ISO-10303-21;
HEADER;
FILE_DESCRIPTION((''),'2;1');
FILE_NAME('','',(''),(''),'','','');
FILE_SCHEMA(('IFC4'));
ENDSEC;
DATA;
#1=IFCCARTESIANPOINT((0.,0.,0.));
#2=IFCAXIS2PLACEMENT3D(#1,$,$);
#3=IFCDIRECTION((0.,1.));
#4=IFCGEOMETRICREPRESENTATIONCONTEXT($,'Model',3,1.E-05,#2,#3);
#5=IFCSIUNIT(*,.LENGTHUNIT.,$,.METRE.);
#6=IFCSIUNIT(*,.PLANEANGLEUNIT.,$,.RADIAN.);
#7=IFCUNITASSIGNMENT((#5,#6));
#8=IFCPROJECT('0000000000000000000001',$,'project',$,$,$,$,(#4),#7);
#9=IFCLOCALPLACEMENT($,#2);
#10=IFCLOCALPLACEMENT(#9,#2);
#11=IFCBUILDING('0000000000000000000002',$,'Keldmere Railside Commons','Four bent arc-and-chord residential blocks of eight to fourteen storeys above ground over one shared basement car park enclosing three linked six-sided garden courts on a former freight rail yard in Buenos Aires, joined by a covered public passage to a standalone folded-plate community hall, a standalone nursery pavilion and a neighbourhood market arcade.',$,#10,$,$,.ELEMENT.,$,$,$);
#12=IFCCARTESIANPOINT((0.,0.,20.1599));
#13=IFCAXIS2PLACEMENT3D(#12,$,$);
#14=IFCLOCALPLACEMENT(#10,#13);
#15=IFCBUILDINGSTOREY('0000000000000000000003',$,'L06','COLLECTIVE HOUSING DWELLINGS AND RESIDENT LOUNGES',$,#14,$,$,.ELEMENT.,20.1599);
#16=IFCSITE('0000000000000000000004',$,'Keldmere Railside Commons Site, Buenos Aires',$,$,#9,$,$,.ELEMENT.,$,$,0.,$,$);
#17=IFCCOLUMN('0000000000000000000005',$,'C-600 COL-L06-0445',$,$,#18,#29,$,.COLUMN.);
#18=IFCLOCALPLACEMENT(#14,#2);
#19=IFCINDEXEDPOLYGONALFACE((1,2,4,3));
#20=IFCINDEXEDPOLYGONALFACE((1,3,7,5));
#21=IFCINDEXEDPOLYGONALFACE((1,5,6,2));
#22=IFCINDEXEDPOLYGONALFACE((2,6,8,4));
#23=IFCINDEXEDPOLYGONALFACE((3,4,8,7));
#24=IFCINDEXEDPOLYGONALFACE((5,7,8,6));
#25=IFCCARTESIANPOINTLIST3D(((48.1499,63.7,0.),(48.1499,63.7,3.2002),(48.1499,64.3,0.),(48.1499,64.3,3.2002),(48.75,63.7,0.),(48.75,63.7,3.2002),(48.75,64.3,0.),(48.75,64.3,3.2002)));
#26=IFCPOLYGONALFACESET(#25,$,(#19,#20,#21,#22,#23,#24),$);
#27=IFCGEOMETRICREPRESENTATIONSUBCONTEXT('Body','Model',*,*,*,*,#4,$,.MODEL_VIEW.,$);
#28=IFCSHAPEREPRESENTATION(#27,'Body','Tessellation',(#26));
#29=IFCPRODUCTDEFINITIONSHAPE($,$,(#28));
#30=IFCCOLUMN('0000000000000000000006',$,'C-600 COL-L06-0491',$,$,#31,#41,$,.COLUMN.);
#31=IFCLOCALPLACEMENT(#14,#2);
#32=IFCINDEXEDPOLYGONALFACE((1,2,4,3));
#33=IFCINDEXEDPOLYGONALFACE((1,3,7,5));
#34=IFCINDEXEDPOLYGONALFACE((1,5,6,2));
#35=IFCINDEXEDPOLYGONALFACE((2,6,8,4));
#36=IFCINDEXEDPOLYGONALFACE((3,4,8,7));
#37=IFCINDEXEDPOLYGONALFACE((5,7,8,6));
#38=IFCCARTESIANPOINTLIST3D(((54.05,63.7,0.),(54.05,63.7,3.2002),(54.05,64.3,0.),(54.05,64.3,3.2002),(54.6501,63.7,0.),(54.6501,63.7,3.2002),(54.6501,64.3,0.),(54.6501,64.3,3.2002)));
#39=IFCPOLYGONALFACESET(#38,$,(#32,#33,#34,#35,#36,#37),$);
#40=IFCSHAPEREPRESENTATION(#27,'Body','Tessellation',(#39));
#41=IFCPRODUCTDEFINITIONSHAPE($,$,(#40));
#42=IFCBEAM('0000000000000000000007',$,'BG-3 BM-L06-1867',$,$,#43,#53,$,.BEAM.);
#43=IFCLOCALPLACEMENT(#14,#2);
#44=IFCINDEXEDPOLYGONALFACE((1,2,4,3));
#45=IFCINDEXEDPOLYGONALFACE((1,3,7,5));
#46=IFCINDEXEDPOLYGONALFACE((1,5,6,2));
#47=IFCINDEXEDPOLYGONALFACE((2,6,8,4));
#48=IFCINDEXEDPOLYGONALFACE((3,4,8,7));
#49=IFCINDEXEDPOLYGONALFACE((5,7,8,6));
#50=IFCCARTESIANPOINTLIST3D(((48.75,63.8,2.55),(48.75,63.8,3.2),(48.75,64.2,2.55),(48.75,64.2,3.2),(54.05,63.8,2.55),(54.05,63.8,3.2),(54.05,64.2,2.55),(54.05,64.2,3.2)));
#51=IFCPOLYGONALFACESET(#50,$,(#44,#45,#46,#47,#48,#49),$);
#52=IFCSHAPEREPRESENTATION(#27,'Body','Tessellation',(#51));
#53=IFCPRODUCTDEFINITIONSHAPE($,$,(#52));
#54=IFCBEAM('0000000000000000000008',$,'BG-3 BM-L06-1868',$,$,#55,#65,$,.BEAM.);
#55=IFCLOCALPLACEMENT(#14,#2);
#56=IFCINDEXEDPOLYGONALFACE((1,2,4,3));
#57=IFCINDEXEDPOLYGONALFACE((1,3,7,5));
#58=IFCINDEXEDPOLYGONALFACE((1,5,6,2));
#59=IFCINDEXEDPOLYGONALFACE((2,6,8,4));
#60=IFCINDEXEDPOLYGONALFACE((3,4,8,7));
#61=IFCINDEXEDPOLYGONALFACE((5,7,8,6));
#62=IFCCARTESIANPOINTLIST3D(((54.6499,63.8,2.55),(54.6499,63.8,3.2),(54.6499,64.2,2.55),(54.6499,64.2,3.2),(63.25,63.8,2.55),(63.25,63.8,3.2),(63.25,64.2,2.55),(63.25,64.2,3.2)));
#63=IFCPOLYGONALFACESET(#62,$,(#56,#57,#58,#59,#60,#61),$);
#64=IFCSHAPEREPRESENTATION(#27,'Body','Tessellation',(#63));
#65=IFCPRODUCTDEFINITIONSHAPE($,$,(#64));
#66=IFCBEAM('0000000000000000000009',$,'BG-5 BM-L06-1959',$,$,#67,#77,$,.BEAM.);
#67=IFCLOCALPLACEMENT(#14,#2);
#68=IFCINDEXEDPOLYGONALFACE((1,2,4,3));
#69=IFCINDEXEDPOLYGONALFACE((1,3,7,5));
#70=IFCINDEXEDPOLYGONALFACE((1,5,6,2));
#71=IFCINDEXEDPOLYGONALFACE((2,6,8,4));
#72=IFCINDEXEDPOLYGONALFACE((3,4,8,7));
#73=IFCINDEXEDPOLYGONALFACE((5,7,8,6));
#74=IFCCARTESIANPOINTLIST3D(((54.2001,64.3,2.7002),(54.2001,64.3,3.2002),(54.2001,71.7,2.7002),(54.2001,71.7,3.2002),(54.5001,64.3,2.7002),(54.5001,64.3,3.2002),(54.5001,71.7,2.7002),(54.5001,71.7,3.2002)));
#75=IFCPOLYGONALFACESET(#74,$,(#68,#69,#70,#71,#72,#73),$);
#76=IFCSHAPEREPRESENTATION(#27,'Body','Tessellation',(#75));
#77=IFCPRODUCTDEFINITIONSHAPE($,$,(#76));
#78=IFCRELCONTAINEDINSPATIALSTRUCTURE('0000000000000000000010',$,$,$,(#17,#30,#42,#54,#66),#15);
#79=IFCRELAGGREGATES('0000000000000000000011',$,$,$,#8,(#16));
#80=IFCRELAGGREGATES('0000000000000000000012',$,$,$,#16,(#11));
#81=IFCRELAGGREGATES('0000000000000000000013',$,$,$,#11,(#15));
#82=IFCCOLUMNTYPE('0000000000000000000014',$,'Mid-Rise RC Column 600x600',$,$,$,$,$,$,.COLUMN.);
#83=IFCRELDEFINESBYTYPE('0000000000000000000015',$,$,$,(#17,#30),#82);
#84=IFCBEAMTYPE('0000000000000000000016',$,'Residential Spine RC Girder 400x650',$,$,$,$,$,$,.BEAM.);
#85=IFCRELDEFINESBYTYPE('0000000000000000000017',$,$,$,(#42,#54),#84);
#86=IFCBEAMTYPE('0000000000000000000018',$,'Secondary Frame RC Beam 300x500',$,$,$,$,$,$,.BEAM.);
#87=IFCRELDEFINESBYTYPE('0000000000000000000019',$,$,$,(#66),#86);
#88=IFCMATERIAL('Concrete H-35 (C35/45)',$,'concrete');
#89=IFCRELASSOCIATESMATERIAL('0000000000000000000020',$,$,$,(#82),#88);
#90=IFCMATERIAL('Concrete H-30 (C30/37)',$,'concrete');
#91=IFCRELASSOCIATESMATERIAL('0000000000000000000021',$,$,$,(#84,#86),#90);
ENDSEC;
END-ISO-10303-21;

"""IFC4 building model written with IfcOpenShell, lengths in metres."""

from ifc_helpers import new_model, si_unit, direction, frame, origin, origin_2d, place, context, subcontext, project, spatial, rectangle, extrude, material, material_profile, profile_set, type_object, element, save


model = new_model("IFC4")

# Units and contexts
model_context = context("Model", 3, precision=1e-05, world=origin(), true_north=direction((0.0, 1.0)))
body_context = subcontext(model_context, "Body", "Model", "MODEL_VIEW")
ifc_project = project(units=[si_unit("LENGTHUNIT", "METRE"), si_unit("PLANEANGLEUNIT", "RADIAN")], contexts=[model_context])

# Site, building, storey
site_placement = place(None, origin())
site = spatial("IfcSite", under=ifc_project, at=site_placement, Name="Keldmere Railside Commons Site, Buenos Aires", CompositionType="ELEMENT", RefElevation=0.0)
building_placement = place(site_placement, origin())
building = spatial("IfcBuilding", under=site, at=building_placement, Name="Keldmere Railside Commons", Description="Four bent arc-and-chord residential blocks of eight to fourteen storeys above ground over one shared basement car park enclosing three linked six-sided garden courts on a former freight rail yard in Buenos Aires, joined by a covered public passage to a standalone folded-plate community hall, a standalone nursery pavilion and a neighbourhood market arcade.", CompositionType="ELEMENT")
storey_placement = place(building_placement, frame((0.0, 0.0, 20.1599)))
storey = spatial("IfcBuildingStorey", under=building, at=storey_placement, Name="L06", Description="COLLECTIVE HOUSING DWELLINGS AND RESIDENT LOUNGES", CompositionType="ELEMENT", Elevation=20.1599)

# Columns
ifc_material_1 = material(Name="Concrete H-35 (C35/45)", Category="concrete")
ifc_material_profile_1 = material_profile(ifc_material_1, rectangle(XDim=0.6001, YDim=0.6001, at=origin_2d()), Name="RC-600x600")
ifc_profile_set_1 = profile_set([ifc_material_profile_1], Name="Concrete H-35 (C35/45)")
column_type = type_object("IfcColumnType", Name="Mid-Rise RC Column 600x600", PredefinedType="COLUMN", material=ifc_profile_set_1)
for number, where, z_axis, x_axis, name in (
    (1, (48.45, 64.0, 0.0), (0.0, 0.0, 1.0), (1.0, 0.0, 0.0), "C-600 COL-L06-0445"),
    (2, (54.3501, 64.0, 0.0), (0.0, 0.0, 1.0), (1.0, 0.0, 0.0), "C-600 COL-L06-0491"),
):
    element("IfcColumn", number, at=place(storey_placement, frame(where, z_axis=z_axis, x_axis=x_axis)), inside=storey, type_object=column_type, Name=name, PredefinedType="COLUMN", context=body_context, shape_type="SweptSolid", body=[
        extrude(rectangle(XDim=0.6001, YDim=0.6001, at=origin_2d()), origin(), (0.0, 0.0, 1.0), 3.2002),
    ])

# Beams
ifc_material_2 = material(Name="Concrete H-30 (C30/37)", Category="concrete")
ifc_material_profile_2 = material_profile(ifc_material_2, rectangle(XDim=0.3999, YDim=0.6499, at=origin_2d()), Name="RC-400x650")
ifc_profile_set_2 = profile_set([ifc_material_profile_2], Name="Concrete H-30 (C30/37)")
beam_type_1 = type_object("IfcBeamType", Name="Residential Spine RC Girder 400x650", PredefinedType="BEAM", material=ifc_profile_set_2)
beam_1_placement = place(storey_placement, frame((48.75, 64.0, 2.875), z_axis=(1.0, 0.0, 0.0), x_axis=(0.0, 1.0, 0.0)))
element("IfcBeam", 3, at=beam_1_placement, inside=storey, type_object=beam_type_1, Name="BG-3 BM-L06-1867", PredefinedType="BEAM", context=body_context, shape_type="SweptSolid", body=[
    extrude(rectangle(XDim=0.3999, YDim=0.6499, at=origin_2d()), origin(), (0.0, 0.0, 1.0), 5.3),
])
beam_2_placement = place(storey_placement, frame((54.6499, 64.0, 2.875), z_axis=(1.0, 0.0, 0.0), x_axis=(0.0, 1.0, 0.0)))
element("IfcBeam", 4, at=beam_2_placement, inside=storey, type_object=beam_type_1, Name="BG-3 BM-L06-1868", PredefinedType="BEAM", context=body_context, shape_type="SweptSolid", body=[
    extrude(rectangle(XDim=0.3999, YDim=0.6499, at=origin_2d()), origin(), (0.0, 0.0, 1.0), 8.6001),
])
ifc_material_profile_3 = material_profile(ifc_material_2, rectangle(XDim=0.3, YDim=0.5, at=origin_2d()), Name="RC-300x500")
ifc_profile_set_3 = profile_set([ifc_material_profile_3], Name="Concrete H-30 (C30/37)")
beam_type_2 = type_object("IfcBeamType", Name="Secondary Frame RC Beam 300x500", PredefinedType="BEAM", material=ifc_profile_set_3)
beam_3_placement = place(storey_placement, frame((54.3501, 64.3, 2.9502), z_axis=(0.0, 1.0, 0.0), x_axis=(-1.0, 0.0, 0.0)))
element("IfcBeam", 5, at=beam_3_placement, inside=storey, type_object=beam_type_2, Name="BG-5 BM-L06-1959", PredefinedType="BEAM", context=body_context, shape_type="SweptSolid", body=[
    extrude(rectangle(XDim=0.3, YDim=0.5, at=origin_2d()), origin(), (0.0, 0.0, 1.0), 7.3999),
])

save(model, "model.ifc")
